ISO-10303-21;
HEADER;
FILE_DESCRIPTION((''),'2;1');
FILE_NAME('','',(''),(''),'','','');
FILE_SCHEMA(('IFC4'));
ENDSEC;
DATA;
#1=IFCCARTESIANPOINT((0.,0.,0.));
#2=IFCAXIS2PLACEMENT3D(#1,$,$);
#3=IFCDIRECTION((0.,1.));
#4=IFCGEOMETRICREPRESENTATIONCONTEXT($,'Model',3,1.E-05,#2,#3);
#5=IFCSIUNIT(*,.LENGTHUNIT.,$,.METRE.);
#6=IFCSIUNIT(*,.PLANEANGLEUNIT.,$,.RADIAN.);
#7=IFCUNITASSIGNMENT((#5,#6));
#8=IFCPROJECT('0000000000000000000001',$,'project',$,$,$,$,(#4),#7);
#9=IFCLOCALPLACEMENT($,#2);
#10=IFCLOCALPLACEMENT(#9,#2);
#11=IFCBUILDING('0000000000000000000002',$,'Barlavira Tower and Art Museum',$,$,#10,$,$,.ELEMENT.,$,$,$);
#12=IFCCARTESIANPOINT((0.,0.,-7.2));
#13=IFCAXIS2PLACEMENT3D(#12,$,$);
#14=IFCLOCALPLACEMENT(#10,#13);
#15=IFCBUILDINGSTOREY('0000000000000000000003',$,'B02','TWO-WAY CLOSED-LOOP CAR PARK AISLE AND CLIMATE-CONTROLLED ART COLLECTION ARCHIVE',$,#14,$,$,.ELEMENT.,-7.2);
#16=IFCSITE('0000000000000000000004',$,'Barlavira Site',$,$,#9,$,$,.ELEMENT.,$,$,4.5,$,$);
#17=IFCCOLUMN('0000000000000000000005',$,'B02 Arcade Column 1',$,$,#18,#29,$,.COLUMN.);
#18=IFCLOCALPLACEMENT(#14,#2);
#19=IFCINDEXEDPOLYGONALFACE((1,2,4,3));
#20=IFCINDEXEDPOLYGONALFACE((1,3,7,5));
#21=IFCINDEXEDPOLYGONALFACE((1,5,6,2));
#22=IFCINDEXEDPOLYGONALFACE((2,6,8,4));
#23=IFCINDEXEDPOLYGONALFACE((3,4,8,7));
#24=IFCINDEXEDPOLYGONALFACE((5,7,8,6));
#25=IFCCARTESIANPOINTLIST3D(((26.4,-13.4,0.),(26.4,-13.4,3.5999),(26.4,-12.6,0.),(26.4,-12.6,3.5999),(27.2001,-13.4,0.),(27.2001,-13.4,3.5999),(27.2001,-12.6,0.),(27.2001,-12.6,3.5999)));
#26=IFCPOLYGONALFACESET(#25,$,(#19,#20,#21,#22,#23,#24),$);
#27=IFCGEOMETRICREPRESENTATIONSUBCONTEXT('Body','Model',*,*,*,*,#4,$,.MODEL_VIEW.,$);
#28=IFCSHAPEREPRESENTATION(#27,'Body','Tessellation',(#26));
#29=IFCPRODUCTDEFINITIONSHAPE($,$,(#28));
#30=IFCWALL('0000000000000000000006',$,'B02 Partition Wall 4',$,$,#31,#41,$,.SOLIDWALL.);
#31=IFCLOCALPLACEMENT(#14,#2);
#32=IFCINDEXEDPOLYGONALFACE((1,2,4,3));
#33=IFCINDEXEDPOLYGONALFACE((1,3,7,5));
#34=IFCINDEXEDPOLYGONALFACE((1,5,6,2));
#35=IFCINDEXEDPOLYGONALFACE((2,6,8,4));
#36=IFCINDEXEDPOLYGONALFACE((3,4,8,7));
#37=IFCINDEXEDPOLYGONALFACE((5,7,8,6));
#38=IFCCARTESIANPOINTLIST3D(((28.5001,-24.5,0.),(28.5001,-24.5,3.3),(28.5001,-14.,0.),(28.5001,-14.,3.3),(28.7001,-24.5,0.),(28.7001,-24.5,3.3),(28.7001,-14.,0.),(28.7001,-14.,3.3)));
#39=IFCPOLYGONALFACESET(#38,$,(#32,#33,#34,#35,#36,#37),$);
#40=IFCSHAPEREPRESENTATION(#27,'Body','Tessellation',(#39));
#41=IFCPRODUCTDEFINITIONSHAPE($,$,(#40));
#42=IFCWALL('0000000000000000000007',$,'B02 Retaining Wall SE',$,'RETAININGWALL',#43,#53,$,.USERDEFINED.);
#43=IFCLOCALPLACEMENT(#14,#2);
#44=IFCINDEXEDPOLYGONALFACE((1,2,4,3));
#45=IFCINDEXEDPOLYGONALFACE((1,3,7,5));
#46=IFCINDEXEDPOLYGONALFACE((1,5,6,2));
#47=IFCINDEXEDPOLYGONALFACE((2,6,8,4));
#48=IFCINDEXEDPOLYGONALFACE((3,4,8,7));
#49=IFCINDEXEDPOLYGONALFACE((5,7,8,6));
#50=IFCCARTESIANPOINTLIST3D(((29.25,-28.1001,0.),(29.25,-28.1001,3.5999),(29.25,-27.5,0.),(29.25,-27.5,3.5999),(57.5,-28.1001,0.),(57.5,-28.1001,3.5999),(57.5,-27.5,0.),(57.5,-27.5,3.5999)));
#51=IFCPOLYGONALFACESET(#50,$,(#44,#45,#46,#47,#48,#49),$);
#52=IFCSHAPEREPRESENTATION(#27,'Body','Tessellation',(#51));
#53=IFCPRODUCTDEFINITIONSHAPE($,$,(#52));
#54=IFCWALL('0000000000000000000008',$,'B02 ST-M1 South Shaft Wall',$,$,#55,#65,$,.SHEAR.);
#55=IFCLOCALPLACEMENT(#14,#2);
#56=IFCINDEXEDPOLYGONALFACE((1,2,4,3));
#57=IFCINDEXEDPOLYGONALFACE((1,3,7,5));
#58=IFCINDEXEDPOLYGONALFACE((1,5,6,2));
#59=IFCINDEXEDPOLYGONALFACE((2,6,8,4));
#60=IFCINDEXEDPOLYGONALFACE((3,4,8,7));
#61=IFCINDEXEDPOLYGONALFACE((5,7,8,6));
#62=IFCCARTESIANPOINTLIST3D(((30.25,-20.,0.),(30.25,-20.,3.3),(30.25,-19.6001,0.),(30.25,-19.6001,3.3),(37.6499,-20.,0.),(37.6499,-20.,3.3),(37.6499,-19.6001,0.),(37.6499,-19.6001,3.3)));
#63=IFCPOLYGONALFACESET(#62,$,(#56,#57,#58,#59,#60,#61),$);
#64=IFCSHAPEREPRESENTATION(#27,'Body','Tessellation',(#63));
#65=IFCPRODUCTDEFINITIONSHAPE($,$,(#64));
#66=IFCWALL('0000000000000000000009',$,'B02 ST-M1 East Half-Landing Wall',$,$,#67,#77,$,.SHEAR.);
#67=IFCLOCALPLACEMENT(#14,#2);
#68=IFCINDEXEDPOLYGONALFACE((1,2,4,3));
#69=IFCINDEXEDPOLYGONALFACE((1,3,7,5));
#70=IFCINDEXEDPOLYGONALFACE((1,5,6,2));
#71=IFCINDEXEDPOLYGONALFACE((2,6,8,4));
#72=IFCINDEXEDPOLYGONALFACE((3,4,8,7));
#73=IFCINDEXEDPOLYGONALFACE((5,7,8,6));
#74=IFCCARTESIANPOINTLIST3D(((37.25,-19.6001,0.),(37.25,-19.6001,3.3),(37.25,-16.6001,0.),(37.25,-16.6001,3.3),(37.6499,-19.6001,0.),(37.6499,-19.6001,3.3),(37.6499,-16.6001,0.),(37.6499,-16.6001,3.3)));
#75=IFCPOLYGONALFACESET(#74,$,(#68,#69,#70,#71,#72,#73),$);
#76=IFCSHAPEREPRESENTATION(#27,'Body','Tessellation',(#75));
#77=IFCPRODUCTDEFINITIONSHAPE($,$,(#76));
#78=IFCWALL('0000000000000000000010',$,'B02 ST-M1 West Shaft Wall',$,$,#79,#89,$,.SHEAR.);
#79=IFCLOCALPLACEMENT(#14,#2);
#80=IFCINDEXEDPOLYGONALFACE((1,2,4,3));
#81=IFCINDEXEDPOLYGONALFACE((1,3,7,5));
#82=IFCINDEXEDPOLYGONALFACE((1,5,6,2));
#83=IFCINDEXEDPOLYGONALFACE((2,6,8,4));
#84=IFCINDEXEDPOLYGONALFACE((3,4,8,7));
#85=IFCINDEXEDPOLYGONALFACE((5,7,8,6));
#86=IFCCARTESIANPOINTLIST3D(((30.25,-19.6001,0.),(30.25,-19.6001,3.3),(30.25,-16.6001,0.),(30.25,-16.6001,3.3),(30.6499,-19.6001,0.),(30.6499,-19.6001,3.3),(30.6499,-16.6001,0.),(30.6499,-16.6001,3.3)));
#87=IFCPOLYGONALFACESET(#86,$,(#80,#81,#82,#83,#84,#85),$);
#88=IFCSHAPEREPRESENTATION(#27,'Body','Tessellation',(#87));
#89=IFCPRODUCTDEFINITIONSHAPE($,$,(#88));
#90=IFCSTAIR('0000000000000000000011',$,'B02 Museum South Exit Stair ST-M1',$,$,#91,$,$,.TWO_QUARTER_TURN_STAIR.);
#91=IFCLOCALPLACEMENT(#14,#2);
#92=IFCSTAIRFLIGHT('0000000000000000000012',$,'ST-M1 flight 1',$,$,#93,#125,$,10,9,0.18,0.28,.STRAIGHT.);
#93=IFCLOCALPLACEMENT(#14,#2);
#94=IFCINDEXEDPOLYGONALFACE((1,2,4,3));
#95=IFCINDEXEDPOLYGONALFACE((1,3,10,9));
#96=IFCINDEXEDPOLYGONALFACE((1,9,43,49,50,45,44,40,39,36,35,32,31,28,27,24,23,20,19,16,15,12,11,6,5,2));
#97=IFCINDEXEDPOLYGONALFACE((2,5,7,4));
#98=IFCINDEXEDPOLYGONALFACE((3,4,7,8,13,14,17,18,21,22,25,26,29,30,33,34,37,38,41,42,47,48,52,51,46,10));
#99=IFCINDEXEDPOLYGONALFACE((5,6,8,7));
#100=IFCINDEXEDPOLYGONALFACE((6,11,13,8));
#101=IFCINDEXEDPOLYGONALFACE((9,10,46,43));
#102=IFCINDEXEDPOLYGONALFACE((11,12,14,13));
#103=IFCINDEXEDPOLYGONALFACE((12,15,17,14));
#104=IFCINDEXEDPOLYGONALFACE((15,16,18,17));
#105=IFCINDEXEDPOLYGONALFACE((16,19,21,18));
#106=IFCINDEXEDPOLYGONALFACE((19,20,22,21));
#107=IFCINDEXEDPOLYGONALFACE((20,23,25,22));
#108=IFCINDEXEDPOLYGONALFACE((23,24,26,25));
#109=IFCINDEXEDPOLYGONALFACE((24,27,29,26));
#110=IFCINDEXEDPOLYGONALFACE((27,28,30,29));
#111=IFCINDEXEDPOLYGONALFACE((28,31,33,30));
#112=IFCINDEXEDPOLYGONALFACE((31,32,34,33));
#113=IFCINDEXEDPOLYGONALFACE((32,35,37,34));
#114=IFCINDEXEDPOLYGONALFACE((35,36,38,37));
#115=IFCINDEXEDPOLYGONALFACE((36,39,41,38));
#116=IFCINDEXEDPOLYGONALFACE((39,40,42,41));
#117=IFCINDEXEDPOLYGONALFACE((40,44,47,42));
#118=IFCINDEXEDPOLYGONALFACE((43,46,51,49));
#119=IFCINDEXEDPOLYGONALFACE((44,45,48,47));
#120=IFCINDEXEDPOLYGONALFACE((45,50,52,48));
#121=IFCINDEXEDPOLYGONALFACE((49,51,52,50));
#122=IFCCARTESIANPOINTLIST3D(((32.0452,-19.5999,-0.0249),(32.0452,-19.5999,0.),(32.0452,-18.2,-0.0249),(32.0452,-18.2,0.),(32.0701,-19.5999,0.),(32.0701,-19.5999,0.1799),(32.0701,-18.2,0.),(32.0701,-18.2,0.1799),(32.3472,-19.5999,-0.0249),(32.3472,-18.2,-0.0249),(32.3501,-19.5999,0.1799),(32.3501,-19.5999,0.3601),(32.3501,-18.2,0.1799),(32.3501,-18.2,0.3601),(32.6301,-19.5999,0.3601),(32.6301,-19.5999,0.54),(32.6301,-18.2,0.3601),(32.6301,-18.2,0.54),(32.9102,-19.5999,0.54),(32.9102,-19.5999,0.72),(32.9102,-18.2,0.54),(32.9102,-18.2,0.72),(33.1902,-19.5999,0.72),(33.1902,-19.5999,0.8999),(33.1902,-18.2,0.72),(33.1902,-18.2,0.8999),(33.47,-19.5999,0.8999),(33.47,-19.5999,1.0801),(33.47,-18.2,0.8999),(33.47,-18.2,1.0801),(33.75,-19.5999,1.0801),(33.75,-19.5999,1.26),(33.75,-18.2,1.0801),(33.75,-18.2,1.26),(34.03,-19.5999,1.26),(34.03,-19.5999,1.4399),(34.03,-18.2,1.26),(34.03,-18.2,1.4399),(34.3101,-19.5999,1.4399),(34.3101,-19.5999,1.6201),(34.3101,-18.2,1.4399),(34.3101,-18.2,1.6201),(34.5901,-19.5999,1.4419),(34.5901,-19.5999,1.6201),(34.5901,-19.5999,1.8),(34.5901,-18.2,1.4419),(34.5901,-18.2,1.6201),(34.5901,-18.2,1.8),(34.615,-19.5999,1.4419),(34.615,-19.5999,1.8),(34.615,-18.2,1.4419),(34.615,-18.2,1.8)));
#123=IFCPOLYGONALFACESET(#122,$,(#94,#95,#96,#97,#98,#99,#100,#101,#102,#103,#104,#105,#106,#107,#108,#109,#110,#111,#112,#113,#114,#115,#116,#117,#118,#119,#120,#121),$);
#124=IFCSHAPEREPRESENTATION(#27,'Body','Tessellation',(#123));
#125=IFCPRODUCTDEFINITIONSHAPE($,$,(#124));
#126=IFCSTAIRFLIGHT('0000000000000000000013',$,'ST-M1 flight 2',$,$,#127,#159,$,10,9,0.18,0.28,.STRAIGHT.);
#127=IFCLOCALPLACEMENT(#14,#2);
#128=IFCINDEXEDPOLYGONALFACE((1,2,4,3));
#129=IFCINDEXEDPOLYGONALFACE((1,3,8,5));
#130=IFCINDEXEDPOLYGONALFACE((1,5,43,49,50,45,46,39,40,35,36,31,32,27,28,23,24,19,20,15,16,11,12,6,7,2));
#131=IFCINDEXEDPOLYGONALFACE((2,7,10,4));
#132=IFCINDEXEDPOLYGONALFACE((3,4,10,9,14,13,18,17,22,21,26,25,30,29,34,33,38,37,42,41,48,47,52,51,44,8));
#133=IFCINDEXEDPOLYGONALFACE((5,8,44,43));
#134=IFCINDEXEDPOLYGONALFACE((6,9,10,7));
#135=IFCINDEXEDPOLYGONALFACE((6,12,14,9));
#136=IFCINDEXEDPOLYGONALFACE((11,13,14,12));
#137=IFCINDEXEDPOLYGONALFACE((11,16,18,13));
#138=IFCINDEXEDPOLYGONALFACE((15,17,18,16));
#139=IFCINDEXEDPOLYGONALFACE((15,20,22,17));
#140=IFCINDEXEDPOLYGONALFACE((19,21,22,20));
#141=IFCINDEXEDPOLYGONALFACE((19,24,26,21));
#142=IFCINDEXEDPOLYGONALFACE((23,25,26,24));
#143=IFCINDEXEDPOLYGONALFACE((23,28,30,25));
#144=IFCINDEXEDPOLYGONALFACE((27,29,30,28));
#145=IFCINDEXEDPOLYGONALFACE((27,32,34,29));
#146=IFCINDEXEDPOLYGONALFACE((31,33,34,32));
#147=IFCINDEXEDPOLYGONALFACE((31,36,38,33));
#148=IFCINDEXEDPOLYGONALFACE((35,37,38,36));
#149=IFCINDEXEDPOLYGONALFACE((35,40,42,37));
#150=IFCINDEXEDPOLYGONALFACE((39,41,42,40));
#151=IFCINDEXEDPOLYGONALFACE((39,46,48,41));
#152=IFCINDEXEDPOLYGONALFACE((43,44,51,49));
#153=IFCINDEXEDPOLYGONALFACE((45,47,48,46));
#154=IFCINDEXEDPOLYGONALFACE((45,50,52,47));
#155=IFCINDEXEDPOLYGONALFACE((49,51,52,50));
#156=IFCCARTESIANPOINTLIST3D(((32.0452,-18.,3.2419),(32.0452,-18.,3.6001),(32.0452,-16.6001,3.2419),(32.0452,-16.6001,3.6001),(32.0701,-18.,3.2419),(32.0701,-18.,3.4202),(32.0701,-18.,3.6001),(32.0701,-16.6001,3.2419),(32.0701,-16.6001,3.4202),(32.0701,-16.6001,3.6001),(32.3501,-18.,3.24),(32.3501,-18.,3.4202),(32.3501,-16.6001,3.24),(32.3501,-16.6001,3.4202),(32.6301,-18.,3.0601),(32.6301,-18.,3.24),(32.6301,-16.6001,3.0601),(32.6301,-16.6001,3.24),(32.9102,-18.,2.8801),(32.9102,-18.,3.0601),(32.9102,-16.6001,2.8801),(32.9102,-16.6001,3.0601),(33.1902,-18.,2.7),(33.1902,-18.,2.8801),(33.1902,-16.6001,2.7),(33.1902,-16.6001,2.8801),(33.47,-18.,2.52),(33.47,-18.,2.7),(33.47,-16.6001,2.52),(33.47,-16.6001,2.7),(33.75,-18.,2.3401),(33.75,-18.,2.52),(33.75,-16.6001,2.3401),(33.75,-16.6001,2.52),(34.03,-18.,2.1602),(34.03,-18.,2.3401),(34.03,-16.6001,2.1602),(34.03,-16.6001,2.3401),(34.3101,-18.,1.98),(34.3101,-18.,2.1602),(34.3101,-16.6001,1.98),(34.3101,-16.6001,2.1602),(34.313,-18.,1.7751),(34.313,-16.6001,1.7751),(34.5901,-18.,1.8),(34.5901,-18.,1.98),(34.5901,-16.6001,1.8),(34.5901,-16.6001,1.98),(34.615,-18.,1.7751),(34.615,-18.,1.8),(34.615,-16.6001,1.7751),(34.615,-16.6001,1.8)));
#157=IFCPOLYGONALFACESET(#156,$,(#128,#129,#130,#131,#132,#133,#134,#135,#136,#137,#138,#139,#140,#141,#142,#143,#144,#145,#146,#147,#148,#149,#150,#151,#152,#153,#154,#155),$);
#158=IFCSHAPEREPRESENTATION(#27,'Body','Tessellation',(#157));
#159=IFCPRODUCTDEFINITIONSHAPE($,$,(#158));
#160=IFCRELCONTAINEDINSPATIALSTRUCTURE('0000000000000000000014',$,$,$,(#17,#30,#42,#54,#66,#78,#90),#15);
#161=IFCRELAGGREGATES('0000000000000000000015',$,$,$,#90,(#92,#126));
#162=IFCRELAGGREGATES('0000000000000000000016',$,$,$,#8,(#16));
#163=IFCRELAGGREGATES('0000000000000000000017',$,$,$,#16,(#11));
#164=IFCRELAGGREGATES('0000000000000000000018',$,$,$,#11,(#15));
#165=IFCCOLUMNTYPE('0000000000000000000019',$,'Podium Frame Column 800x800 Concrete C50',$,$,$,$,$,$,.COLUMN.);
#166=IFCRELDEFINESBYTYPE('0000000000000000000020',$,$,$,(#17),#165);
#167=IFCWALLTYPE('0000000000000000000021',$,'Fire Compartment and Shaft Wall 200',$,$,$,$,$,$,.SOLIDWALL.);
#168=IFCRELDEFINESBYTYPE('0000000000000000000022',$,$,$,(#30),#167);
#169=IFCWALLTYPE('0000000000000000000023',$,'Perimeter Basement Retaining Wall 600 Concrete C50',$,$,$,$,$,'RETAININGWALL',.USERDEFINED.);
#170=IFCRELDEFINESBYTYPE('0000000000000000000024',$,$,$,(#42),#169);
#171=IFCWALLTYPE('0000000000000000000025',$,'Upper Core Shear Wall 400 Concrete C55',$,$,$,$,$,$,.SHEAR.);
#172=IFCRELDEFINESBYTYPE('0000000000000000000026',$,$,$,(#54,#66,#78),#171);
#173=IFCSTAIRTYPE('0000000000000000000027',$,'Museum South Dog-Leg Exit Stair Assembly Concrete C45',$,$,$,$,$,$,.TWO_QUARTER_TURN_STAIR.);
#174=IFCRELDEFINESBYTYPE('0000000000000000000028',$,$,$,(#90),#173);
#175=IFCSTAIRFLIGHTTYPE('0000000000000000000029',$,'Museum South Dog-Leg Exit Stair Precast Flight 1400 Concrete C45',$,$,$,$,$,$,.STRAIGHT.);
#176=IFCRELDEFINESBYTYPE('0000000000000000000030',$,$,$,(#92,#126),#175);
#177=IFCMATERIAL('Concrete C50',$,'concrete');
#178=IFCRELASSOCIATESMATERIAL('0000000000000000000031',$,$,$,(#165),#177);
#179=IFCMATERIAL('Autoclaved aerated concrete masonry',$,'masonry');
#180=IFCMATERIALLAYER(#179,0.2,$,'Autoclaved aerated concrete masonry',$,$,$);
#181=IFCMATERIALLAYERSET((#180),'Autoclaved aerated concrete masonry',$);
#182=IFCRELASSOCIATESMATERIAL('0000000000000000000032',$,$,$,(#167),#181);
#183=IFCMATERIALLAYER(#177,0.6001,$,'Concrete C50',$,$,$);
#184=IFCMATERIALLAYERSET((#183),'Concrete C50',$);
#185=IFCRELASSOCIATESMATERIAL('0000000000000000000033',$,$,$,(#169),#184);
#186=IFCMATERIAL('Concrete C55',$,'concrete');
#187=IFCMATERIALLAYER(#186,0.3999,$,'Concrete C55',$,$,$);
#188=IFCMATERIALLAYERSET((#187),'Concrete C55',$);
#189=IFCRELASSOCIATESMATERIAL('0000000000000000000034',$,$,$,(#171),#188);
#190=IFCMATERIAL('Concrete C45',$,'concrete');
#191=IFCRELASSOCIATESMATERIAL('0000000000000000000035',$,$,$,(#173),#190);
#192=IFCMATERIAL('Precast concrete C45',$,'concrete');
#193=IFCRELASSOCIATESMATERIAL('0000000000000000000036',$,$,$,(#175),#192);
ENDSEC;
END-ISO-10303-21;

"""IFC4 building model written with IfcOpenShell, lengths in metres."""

from ifc_helpers import new_model, si_unit, direction, frame, frame_2d, origin, origin_2d, place, context, subcontext, project, spatial, polyline, rectangle, outline, extrude, material, layer, layer_set, material_profile, profile_set, type_object, element, aggregate, save


model = new_model("IFC4")

# Units and contexts
model_context = context("Model", 3, precision=1e-05, world=origin(), true_north=direction((0.0, 1.0)))
body_context = subcontext(model_context, "Body", "Model", "MODEL_VIEW")
ifc_project = project(units=[si_unit("LENGTHUNIT", "METRE"), si_unit("PLANEANGLEUNIT", "RADIAN")], contexts=[model_context])

# Site, building, storey
site_placement = place(None, origin())
site = spatial("IfcSite", under=ifc_project, at=site_placement, Name="Barlavira Site", CompositionType="ELEMENT", RefElevation=4.5)
building_placement = place(site_placement, origin())
building = spatial("IfcBuilding", under=site, at=building_placement, Name="Barlavira Tower and Art Museum", CompositionType="ELEMENT")
storey_placement = place(building_placement, frame((0.0, 0.0, -7.2)))
storey = spatial("IfcBuildingStorey", under=building, at=storey_placement, Name="B02", Description="TWO-WAY CLOSED-LOOP CAR PARK AISLE AND CLIMATE-CONTROLLED ART COLLECTION ARCHIVE", CompositionType="ELEMENT", Elevation=-7.2)

# Shared definitions
ifc_material_1 = material(Name="Concrete C50", Category="concrete")

# Column
ifc_material_profile_1 = material_profile(ifc_material_1, rectangle(XDim=0.8, YDim=0.8, at=origin_2d()), Name="RC-COL 800x800")
ifc_profile_set_1 = profile_set([ifc_material_profile_1], Name="Concrete C50")
column_type_1 = type_object("IfcColumnType", Name="Podium Frame Column 800x800 Concrete C50", PredefinedType="COLUMN", material=ifc_profile_set_1)
column_placement = place(storey_placement, frame((26.8, -13.0, 0.0), z_axis=(0.0, 0.0, 1.0), x_axis=(1.0, 0.0, 0.0)))
element("IfcColumn", 1, at=column_placement, inside=storey, type_object=column_type_1, Name="B02 Arcade Column 1", PredefinedType="COLUMN", context=body_context, shape_type="SweptSolid", body=[
    extrude(rectangle(XDim=0.8, YDim=0.8, at=origin_2d()), origin(), (0.0, 0.0, 1.0), 3.5999),
])

# Walls
ifc_material_2 = material(Name="Autoclaved aerated concrete masonry", Category="masonry")
ifc_layer_1 = layer(ifc_material_2, 0.2, Name="Autoclaved aerated concrete masonry")
ifc_layer_set_1 = layer_set([ifc_layer_1], Name="Autoclaved aerated concrete masonry")
wall_type_1 = type_object("IfcWallType", Name="Fire Compartment and Shaft Wall 200", PredefinedType="SOLIDWALL", material=ifc_layer_set_1)
wall_1_placement = place(storey_placement, frame((28.6001, -24.5, 0.0), z_axis=(0.0, 0.0, 1.0), x_axis=(0.0, 1.0, 0.0)))
element("IfcWall", 2, at=wall_1_placement, inside=storey, type_object=wall_type_1, Name="B02 Partition Wall 4", PredefinedType="SOLIDWALL", context=body_context, shape_type="SweptSolid", body=[
    extrude(rectangle(XDim=10.5, YDim=0.2, at=frame_2d((5.25, 0.0))), origin(), (0.0, 0.0, 1.0), 3.3),
])
ifc_layer_2 = layer(ifc_material_1, 0.6001, Name="Concrete C50")
ifc_layer_set_2 = layer_set([ifc_layer_2], Name="Concrete C50")
wall_type_2 = type_object("IfcWallType", Name="Perimeter Basement Retaining Wall 600 Concrete C50", ElementType="RETAININGWALL", PredefinedType="USERDEFINED", material=ifc_layer_set_2)
wall_2_placement = place(storey_placement, frame((29.25, -27.8, 0.0), z_axis=(0.0, 0.0, 1.0), x_axis=(1.0, 0.0, 0.0)))
element("IfcWall", 3, at=wall_2_placement, inside=storey, type_object=wall_type_2, Name="B02 Retaining Wall SE", ObjectType="RETAININGWALL", PredefinedType="USERDEFINED", context=body_context, shape_type="SweptSolid", body=[
    extrude(rectangle(XDim=28.25, YDim=0.6001, at=frame_2d((14.125, 0.0))), origin(), (0.0, 0.0, 1.0), 3.5999),
])
ifc_material_3 = material(Name="Concrete C55", Category="concrete")
ifc_layer_3 = layer(ifc_material_3, 0.3999, Name="Concrete C55")
ifc_layer_set_3 = layer_set([ifc_layer_3], Name="Concrete C55")
wall_type_3 = type_object("IfcWallType", Name="Upper Core Shear Wall 400 Concrete C55", PredefinedType="SHEAR", material=ifc_layer_set_3)
wall_3_placement = place(storey_placement, frame((37.6499, -19.8, 0.0), z_axis=(0.0, 0.0, 1.0), x_axis=(-1.0, 0.0, 0.0)))
element("IfcWall", 4, at=wall_3_placement, inside=storey, type_object=wall_type_3, Name="B02 ST-M1 South Shaft Wall", PredefinedType="SHEAR", context=body_context, shape_type="SweptSolid", body=[
    extrude(rectangle(XDim=7.3999, YDim=0.3999, at=frame_2d((3.7, 0.0))), origin(), (0.0, 0.0, 1.0), 3.3),
])
for number, where, z_axis, x_axis, name in (
    (5, (37.45, -19.6001, 0.0), (0.0, 0.0, 1.0), (0.0, 1.0, 0.0), "B02 ST-M1 East Half-Landing Wall"),
    (6, (30.45, -19.6001, 0.0), (0.0, 0.0, 1.0), (0.0, 1.0, 0.0), "B02 ST-M1 West Shaft Wall"),
):
    element("IfcWall", number, at=place(storey_placement, frame(where, z_axis=z_axis, x_axis=x_axis)), inside=storey, type_object=wall_type_3, Name=name, PredefinedType="SHEAR", context=body_context, shape_type="SweptSolid", body=[
        extrude(rectangle(XDim=3.0, YDim=0.3999, at=frame_2d((1.5, 0.0))), origin(), (0.0, 0.0, 1.0), 3.3),
    ])

# Stair, stair flights
ifc_material_4 = material(Name="Concrete C45", Category="concrete")
stair_type = type_object("IfcStairType", Name="Museum South Dog-Leg Exit Stair Assembly Concrete C45", PredefinedType="TWO_QUARTER_TURN_STAIR", material=ifc_material_4)
stair_placement = place(storey_placement, origin())
stair = element("IfcStair", 7, at=stair_placement, inside=storey, type_object=stair_type, Name="B02 Museum South Exit Stair ST-M1", PredefinedType="TWO_QUARTER_TURN_STAIR")
ifc_material_5 = material(Name="Precast concrete C45", Category="concrete")
stair_flight_type = type_object("IfcStairFlightType", Name="Museum South Dog-Leg Exit Stair Precast Flight 1400 Concrete C45", PredefinedType="STRAIGHT", material=ifc_material_5)
stair_flight_1_placement = place(storey_placement, frame((32.0701, -18.8999, 0.0), z_axis=(0.0, 0.0, 1.0), x_axis=(1.0, 0.0, 0.0)))
stair_flight_1 = element("IfcStairFlight", 8, at=stair_flight_1_placement, type_object=stair_flight_type, Name="ST-M1 flight 1", NumberOfRisers=10, NumberOfTreads=9, PredefinedType="STRAIGHT", RiserHeight=0.18, TreadLength=0.28, context=body_context, shape_type="SweptSolid", body=[
    extrude(outline(polyline([(-0.0249, 0.0), (0.0, 0.0), (0.0, 0.1799), (0.28, 0.1799), (0.28, 0.3601), (0.5601, 0.3601), (0.5601, 0.54), (0.8401, 0.54), (0.8401, 0.72), (1.1201, 0.72), (1.1201, 0.8999), (1.3999, 0.8999), (1.3999, 1.0801), (1.6799, 1.0801), (1.6799, 1.26), (1.96, 1.26), (1.96, 1.4399), (2.24, 1.4399), (2.24, 1.6201), (2.52, 1.6201), (2.52, 1.8), (2.5449, 1.8), (2.5449, 1.4419), (2.52, 1.4419), (0.2771, -0.0249), (-0.0249, -0.0249), (-0.0249, 0.0)])), frame((0.0, 0.7, 0.0), z_axis=(0.0, -1.0, 0.0), x_axis=(1.0, 0.0, 0.0)), (0.0, 0.0, 1.0), 1.3999),
])
stair_flight_2_placement = place(storey_placement, frame((34.5901, -17.3, 1.8), z_axis=(0.0, 0.0, 1.0), x_axis=(-1.0, 0.0, 0.0)))
stair_flight_2 = element("IfcStairFlight", 9, at=stair_flight_2_placement, type_object=stair_flight_type, Name="ST-M1 flight 2", NumberOfRisers=10, NumberOfTreads=9, PredefinedType="STRAIGHT", RiserHeight=0.18, TreadLength=0.28, context=body_context, shape_type="SweptSolid", body=[
    extrude(outline(polyline([(-0.0249, 0.0), (0.0, 0.0), (0.0, 0.1799), (0.28, 0.1799), (0.28, 0.3601), (0.5601, 0.3601), (0.5601, 0.54), (0.8401, 0.54), (0.8401, 0.72), (1.1201, 0.72), (1.1201, 0.8999), (1.3999, 0.8999), (1.3999, 1.0801), (1.6799, 1.0801), (1.6799, 1.26), (1.96, 1.26), (1.96, 1.4399), (2.24, 1.4399), (2.24, 1.6201), (2.52, 1.6201), (2.52, 1.8), (2.5449, 1.8), (2.5449, 1.4419), (2.52, 1.4419), (0.2771, -0.0249), (-0.0249, -0.0249), (-0.0249, 0.0)])), frame((0.0, 0.7, 0.0), z_axis=(0.0, -1.0, 0.0), x_axis=(1.0, 0.0, 0.0)), (0.0, 0.0, 1.0), 1.3999),
])
aggregate(stair, [stair_flight_1, stair_flight_2])

save(model, "model.ifc")
